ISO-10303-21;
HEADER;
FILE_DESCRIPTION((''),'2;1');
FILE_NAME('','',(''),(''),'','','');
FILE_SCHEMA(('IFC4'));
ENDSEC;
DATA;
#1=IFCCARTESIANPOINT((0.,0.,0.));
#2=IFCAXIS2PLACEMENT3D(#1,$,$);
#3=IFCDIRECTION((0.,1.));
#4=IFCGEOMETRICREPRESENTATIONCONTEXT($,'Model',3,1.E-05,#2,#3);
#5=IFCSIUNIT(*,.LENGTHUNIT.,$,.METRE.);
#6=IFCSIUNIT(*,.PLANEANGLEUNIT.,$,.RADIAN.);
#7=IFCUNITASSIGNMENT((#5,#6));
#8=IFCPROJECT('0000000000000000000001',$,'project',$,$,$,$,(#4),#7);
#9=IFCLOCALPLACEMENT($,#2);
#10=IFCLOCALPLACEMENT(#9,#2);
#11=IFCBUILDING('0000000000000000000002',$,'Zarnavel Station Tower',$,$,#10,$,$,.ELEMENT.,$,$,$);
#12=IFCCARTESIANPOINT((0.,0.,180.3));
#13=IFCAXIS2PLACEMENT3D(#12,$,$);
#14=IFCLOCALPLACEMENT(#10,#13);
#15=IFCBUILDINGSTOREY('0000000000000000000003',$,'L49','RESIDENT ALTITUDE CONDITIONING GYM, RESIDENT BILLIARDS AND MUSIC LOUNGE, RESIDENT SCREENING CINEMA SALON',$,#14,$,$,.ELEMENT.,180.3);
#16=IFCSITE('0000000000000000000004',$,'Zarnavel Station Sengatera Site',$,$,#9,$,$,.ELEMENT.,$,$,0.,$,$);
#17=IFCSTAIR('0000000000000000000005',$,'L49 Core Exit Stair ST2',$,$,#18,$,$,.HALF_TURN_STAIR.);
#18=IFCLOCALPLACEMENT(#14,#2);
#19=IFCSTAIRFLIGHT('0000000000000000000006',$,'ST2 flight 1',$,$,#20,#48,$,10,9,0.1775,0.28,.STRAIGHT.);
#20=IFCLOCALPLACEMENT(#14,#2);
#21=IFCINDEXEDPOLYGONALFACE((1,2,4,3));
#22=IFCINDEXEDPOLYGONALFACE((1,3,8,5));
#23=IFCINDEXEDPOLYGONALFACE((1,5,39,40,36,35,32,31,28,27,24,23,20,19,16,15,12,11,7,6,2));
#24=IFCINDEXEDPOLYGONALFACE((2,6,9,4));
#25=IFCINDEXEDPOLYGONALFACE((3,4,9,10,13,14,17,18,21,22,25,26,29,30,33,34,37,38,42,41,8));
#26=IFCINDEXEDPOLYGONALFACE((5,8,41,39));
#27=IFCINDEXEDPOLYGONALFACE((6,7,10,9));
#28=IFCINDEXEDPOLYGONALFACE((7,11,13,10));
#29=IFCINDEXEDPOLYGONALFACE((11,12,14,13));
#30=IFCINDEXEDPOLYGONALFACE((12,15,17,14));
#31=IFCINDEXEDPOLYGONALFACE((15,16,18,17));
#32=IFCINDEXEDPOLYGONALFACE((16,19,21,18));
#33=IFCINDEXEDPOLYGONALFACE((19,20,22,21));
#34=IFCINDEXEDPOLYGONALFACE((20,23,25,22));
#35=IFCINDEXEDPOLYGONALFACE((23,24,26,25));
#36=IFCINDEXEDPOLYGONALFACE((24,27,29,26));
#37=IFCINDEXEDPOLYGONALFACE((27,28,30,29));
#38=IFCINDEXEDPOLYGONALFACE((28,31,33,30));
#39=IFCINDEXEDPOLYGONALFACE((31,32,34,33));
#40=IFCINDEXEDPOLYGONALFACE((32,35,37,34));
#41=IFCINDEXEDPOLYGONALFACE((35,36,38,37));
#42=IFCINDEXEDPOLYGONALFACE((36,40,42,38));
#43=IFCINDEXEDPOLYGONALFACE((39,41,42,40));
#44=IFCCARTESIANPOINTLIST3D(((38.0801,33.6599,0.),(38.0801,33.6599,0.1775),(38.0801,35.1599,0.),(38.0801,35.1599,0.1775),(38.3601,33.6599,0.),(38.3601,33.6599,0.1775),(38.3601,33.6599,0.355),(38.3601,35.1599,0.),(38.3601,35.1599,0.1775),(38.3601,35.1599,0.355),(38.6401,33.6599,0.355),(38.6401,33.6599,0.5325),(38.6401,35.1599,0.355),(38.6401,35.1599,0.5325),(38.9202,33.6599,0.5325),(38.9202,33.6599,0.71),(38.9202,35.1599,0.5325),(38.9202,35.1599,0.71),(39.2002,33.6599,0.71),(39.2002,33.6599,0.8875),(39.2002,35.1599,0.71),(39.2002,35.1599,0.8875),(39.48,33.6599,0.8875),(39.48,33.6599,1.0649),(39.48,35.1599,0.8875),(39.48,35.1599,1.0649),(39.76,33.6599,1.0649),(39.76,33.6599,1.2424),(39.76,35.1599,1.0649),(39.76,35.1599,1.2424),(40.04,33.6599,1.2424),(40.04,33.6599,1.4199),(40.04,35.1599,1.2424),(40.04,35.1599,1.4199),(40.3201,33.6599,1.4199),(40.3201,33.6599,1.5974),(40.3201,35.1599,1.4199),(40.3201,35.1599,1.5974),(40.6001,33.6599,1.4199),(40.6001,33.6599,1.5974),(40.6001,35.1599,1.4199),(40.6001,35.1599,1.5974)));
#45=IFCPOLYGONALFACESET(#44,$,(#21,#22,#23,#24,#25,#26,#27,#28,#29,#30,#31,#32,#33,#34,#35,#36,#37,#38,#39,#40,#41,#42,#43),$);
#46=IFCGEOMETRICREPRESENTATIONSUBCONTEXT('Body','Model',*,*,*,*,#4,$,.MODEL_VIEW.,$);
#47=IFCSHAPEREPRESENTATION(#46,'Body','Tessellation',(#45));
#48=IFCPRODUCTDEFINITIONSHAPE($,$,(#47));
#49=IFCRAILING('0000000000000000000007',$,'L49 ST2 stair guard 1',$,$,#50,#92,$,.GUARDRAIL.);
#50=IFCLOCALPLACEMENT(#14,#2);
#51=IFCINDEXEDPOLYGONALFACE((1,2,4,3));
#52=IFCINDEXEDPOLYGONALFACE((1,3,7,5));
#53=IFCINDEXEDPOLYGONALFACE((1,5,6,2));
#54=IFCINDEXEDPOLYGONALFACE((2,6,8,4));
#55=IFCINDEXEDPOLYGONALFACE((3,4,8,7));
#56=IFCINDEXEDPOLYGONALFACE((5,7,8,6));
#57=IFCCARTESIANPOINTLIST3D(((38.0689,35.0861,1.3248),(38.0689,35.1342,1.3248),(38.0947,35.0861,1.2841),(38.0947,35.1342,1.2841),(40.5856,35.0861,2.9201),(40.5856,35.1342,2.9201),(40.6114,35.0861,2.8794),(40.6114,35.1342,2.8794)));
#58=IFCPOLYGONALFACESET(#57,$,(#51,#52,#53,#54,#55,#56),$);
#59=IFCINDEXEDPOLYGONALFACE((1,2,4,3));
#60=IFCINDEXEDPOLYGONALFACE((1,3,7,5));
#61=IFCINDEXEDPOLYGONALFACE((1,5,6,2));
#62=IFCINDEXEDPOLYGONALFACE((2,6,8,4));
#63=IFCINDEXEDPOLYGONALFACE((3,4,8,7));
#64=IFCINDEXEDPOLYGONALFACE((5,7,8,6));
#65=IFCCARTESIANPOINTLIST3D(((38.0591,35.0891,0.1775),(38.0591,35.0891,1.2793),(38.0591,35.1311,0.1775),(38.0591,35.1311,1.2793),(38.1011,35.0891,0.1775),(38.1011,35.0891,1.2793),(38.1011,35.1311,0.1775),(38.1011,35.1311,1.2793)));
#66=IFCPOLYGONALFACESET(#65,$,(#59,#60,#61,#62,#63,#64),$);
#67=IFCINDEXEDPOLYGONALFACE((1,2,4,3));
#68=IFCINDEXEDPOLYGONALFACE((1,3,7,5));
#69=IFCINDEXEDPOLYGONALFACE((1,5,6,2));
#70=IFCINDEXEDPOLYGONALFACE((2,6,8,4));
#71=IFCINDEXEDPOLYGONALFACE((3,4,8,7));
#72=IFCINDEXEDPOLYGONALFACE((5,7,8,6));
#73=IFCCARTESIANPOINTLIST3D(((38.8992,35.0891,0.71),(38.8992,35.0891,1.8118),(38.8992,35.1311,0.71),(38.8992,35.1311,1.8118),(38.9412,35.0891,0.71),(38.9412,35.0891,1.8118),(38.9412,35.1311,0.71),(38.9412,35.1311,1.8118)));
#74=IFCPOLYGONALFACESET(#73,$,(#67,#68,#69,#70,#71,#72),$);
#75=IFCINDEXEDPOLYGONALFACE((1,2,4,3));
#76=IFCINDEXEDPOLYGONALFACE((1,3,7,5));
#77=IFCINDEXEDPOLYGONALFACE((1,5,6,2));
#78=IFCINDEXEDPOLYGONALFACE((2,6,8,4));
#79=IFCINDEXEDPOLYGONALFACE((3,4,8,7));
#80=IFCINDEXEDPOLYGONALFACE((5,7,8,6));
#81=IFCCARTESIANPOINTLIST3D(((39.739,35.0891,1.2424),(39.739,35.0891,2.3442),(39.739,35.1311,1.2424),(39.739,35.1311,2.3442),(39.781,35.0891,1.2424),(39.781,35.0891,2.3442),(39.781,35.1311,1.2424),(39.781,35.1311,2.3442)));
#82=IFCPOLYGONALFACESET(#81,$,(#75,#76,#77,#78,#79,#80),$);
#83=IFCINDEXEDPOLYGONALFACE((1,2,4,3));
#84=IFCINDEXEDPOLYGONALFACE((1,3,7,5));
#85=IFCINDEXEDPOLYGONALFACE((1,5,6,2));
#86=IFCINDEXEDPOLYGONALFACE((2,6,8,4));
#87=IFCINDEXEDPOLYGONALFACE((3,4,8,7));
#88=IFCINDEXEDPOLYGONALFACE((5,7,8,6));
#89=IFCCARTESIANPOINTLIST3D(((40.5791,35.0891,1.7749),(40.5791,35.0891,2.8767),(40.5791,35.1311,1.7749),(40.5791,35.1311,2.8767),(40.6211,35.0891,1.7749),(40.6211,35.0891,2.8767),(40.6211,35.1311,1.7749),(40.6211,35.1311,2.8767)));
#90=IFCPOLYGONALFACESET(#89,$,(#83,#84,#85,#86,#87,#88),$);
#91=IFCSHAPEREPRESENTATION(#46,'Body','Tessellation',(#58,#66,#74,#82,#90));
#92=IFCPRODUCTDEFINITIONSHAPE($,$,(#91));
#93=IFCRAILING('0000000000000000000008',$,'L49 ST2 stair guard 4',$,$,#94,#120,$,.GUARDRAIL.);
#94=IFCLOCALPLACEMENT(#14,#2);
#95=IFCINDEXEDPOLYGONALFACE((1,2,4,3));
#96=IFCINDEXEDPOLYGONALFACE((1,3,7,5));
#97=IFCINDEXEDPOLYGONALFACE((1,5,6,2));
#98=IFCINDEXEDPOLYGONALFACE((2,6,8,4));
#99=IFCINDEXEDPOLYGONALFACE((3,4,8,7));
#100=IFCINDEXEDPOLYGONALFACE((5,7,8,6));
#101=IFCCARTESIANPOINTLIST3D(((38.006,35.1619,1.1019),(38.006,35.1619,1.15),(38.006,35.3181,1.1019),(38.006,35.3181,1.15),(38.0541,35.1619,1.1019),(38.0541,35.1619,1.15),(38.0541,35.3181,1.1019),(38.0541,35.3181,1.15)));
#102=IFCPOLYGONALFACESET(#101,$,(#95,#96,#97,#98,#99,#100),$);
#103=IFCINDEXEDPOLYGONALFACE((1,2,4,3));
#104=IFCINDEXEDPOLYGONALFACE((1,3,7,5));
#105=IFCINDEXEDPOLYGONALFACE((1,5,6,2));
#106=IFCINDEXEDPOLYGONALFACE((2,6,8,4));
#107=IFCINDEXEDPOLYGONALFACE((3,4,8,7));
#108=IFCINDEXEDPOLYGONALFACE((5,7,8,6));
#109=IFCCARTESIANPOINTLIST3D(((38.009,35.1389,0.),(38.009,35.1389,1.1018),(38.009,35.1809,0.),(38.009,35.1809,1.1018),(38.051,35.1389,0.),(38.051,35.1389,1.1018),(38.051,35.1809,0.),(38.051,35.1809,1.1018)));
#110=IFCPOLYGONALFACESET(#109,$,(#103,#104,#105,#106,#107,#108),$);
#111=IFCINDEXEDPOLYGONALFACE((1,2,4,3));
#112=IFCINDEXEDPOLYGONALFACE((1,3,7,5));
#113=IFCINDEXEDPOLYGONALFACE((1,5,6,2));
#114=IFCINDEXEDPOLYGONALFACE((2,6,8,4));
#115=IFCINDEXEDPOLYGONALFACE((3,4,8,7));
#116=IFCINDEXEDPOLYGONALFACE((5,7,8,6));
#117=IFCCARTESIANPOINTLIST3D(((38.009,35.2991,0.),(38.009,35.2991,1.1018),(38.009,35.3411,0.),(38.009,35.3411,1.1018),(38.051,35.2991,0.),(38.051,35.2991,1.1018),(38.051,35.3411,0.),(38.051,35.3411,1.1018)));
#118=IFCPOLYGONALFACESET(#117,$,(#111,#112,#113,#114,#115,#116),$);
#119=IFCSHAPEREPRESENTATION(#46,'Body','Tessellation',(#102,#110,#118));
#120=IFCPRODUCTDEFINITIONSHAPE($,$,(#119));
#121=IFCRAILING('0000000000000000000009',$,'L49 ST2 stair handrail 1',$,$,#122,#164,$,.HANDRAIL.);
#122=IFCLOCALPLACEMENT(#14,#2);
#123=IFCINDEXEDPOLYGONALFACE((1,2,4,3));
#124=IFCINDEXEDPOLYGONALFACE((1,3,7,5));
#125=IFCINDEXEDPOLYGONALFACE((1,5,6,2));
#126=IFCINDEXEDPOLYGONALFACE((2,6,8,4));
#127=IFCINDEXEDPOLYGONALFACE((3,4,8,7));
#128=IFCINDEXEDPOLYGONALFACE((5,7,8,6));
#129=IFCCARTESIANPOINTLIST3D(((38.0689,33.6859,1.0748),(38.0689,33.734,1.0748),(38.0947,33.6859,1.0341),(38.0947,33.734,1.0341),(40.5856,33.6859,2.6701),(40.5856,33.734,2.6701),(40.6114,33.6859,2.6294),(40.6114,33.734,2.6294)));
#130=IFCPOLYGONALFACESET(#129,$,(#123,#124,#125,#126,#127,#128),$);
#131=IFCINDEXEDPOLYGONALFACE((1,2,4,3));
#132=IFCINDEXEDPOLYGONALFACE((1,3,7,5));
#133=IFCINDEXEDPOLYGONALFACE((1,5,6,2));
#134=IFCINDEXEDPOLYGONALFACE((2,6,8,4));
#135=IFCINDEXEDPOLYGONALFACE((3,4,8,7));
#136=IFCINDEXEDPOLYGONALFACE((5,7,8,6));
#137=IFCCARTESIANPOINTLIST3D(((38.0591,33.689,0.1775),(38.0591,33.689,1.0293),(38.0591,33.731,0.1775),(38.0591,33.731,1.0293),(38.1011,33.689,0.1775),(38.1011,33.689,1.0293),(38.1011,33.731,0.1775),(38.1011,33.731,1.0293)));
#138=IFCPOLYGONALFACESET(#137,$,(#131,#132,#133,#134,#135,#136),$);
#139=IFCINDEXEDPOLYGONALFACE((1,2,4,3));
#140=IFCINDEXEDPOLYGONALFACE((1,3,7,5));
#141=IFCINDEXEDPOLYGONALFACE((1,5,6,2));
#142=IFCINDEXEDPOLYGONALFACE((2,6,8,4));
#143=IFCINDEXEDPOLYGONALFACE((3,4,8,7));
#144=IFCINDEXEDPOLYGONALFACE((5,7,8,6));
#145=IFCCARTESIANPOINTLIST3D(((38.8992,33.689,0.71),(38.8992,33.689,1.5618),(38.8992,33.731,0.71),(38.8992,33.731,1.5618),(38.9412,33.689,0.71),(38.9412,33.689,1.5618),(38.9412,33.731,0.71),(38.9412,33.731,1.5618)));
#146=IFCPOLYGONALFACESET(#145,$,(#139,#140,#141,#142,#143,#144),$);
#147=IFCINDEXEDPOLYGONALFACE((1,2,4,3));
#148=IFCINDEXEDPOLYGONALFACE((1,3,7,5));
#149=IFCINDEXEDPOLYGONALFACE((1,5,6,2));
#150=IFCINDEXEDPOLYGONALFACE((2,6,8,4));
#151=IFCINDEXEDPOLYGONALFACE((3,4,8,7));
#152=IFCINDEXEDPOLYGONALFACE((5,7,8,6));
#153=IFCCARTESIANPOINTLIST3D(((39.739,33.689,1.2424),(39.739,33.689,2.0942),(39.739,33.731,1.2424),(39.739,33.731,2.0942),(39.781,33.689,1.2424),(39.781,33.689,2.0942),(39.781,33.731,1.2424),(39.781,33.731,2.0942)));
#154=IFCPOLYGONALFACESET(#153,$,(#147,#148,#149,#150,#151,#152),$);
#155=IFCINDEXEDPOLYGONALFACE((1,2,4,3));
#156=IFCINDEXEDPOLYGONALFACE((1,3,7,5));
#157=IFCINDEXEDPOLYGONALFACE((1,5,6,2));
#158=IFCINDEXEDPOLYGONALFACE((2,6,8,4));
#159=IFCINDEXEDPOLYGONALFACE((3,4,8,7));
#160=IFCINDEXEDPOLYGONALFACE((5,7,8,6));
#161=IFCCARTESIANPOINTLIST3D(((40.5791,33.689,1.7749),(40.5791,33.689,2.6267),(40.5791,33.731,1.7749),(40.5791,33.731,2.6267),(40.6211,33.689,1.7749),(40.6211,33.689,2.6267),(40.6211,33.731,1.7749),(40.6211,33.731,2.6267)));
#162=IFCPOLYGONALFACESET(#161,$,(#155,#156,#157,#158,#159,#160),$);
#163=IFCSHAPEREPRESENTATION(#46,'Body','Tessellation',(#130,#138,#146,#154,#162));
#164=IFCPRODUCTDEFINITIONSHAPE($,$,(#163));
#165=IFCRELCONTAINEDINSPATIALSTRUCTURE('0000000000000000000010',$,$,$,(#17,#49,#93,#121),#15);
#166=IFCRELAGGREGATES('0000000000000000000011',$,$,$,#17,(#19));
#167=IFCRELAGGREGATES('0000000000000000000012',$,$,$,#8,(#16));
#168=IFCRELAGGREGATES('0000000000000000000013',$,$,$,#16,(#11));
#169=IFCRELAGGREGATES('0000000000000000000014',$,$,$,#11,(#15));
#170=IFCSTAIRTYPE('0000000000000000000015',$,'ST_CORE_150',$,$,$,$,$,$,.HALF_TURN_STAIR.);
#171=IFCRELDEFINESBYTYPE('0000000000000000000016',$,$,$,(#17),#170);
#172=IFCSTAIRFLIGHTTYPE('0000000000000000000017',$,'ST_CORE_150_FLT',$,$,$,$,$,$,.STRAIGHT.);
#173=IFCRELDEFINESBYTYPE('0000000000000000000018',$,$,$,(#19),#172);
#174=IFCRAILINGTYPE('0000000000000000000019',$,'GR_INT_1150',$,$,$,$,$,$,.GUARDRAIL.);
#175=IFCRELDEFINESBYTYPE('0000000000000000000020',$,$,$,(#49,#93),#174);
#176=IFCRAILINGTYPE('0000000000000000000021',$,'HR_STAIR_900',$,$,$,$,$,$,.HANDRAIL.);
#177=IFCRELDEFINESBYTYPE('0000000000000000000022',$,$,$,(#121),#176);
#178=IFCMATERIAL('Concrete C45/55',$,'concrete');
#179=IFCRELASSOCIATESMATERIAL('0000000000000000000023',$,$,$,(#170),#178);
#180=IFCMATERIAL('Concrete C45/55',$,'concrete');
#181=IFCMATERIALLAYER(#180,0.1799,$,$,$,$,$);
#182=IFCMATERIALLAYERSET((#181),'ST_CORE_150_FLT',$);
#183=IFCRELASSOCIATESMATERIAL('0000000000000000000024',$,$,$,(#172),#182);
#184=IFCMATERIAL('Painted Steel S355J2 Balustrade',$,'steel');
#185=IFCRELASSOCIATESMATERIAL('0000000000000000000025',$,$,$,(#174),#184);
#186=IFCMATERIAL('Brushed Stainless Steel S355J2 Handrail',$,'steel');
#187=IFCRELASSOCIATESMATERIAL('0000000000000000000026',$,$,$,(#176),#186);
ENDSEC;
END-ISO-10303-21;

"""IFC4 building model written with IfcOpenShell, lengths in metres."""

from ifc_helpers import new_model, si_unit, direction, frame, origin, origin_2d, place, context, subcontext, project, spatial, polyline, rectangle, outline, extrude, material, layer, layer_set, type_object, element, aggregate, save


model = new_model("IFC4")

# Units and contexts
model_context = context("Model", 3, precision=1e-05, world=origin(), true_north=direction((0.0, 1.0)))
body_context = subcontext(model_context, "Body", "Model", "MODEL_VIEW")
ifc_project = project(units=[si_unit("LENGTHUNIT", "METRE"), si_unit("PLANEANGLEUNIT", "RADIAN")], contexts=[model_context])

# Site, building, storey
site_placement = place(None, origin())
site = spatial("IfcSite", under=ifc_project, at=site_placement, Name="Zarnavel Station Sengatera Site", CompositionType="ELEMENT", RefElevation=0.0)
building_placement = place(site_placement, origin())
building = spatial("IfcBuilding", under=site, at=building_placement, Name="Zarnavel Station Tower", CompositionType="ELEMENT")
storey_placement = place(building_placement, frame((0.0, 0.0, 180.3)))
storey = spatial("IfcBuildingStorey", under=building, at=storey_placement, Name="L49", Description="RESIDENT ALTITUDE CONDITIONING GYM, RESIDENT BILLIARDS AND MUSIC LOUNGE, RESIDENT SCREENING CINEMA SALON", CompositionType="ELEMENT", Elevation=180.3)

# Stair, stair flight
ifc_material_1 = material(Name="Concrete C45/55", Category="concrete")
stair_type = type_object("IfcStairType", Name="ST_CORE_150", PredefinedType="HALF_TURN_STAIR", material=ifc_material_1)
stair_placement = place(storey_placement, origin())
stair = element("IfcStair", 1, at=stair_placement, inside=storey, type_object=stair_type, Name="L49 Core Exit Stair ST2", PredefinedType="HALF_TURN_STAIR")
ifc_material_2 = material(Name="Concrete C45/55", Category="concrete")
ifc_layer_1 = layer(ifc_material_2, 0.1799)
ifc_layer_set_1 = layer_set([ifc_layer_1], Name="ST_CORE_150_FLT")
stair_flight_type = type_object("IfcStairFlightType", Name="ST_CORE_150_FLT", PredefinedType="STRAIGHT", material=ifc_layer_set_1)
stair_flight_placement = place(storey_placement, frame((38.0801, 34.4099, 0.0), z_axis=(0.0, 0.0, 1.0), x_axis=(1.0, 0.0, 0.0)))
stair_flight = element("IfcStairFlight", 2, at=stair_flight_placement, type_object=stair_flight_type, Name="ST2 flight 1", NumberOfRisers=10, NumberOfTreads=9, PredefinedType="STRAIGHT", RiserHeight=0.1775, TreadLength=0.28, context=body_context, shape_type="SweptSolid", body=[
    extrude(outline(polyline([(0.0, 0.0), (0.0, 0.1775), (0.28, 0.1775), (0.28, 0.355), (0.5601, 0.355), (0.5601, 0.5325), (0.8401, 0.5325), (0.8401, 0.71), (1.1201, 0.71), (1.1201, 0.8875), (1.3999, 0.8875), (1.3999, 1.0649), (1.6799, 1.0649), (1.6799, 1.2424), (1.96, 1.2424), (1.96, 1.4199), (2.24, 1.4199), (2.24, 1.5974), (2.52, 1.5974), (2.52, 1.7749), (2.52, 1.4199), (0.28, 0.0), (0.0, 0.0)])), frame((0.0, 0.75, 0.0), z_axis=(0.0, -1.0, 0.0), x_axis=(1.0, 0.0, 0.0)), (0.0, 0.0, 1.0), 1.5),
])
aggregate(stair, [stair_flight])

# Railings
ifc_material_3 = material(Name="Painted Steel S355J2 Balustrade", Category="steel")
railing_type_1 = type_object("IfcRailingType", Name="GR_INT_1150", PredefinedType="GUARDRAIL", material=ifc_material_3)
railing_1_placement = place(storey_placement, frame((38.0801, 35.1101, 0.1775)))
element("IfcRailing", 3, at=railing_1_placement, inside=storey, type_object=railing_type_1, Name="L49 ST2 stair guard 1", PredefinedType="GUARDRAIL", context=body_context, shape_type="SweptSolid", body=[
    extrude(rectangle(XDim=0.0481, YDim=0.0481, at=origin_2d()), frame((0.0017, 0.0, 1.127), z_axis=(0.844607, 0.0, 0.535387), x_axis=(0.0, 1.0, 0.0)), (0.0, 0.0, 1.0), 2.9797),
    extrude(rectangle(XDim=0.042, YDim=0.042, at=origin_2d()), origin(), (0.0, 0.0, 1.0), 1.1018),
    extrude(rectangle(XDim=0.042, YDim=0.042, at=origin_2d()), frame((0.8401, 0.0, 0.5325)), (0.0, 0.0, 1.0), 1.1018),
    extrude(rectangle(XDim=0.042, YDim=0.042, at=origin_2d()), frame((1.6799, 0.0, 1.0649)), (0.0, 0.0, 1.0), 1.1018),
    extrude(rectangle(XDim=0.042, YDim=0.042, at=origin_2d()), frame((2.52, 0.0, 1.5974)), (0.0, 0.0, 1.0), 1.1018),
])
railing_2_placement = place(storey_placement, frame((38.03, 35.1599, 0.0)))
element("IfcRailing", 4, at=railing_2_placement, inside=storey, type_object=railing_type_1, Name="L49 ST2 stair guard 4", PredefinedType="GUARDRAIL", context=body_context, shape_type="SweptSolid", body=[
    extrude(rectangle(XDim=0.0481, YDim=0.0481, at=origin_2d()), frame((0.0, 0.002, 1.126), z_axis=(0.0, 1.0, 0.0), x_axis=(-1.0, 0.0, 0.0)), (0.0, 0.0, 1.0), 0.1562),
    extrude(rectangle(XDim=0.042, YDim=0.042, at=origin_2d()), origin(), (0.0, 0.0, 1.0), 1.1018),
    extrude(rectangle(XDim=0.042, YDim=0.042, at=origin_2d()), frame((0.0, 0.1602, 0.0)), (0.0, 0.0, 1.0), 1.1018),
])
ifc_material_4 = material(Name="Brushed Stainless Steel S355J2 Handrail", Category="steel")
railing_type_2 = type_object("IfcRailingType", Name="HR_STAIR_900", PredefinedType="HANDRAIL", material=ifc_material_4)
railing_3_placement = place(storey_placement, frame((38.0801, 33.71, 0.1775)))
element("IfcRailing", 5, at=railing_3_placement, inside=storey, type_object=railing_type_2, Name="L49 ST2 stair handrail 1", PredefinedType="HANDRAIL", context=body_context, shape_type="SweptSolid", body=[
    extrude(rectangle(XDim=0.0481, YDim=0.0481, at=origin_2d()), frame((0.0017, 0.0, 0.877), z_axis=(0.844607, 0.0, 0.535387), x_axis=(0.0, 1.0, 0.0)), (0.0, 0.0, 1.0), 2.9797),
    extrude(rectangle(XDim=0.042, YDim=0.042, at=origin_2d()), origin(), (0.0, 0.0, 1.0), 0.8518),
    extrude(rectangle(XDim=0.042, YDim=0.042, at=origin_2d()), frame((0.8401, 0.0, 0.5325)), (0.0, 0.0, 1.0), 0.8518),
    extrude(rectangle(XDim=0.042, YDim=0.042, at=origin_2d()), frame((1.6799, 0.0, 1.0649)), (0.0, 0.0, 1.0), 0.8518),
    extrude(rectangle(XDim=0.042, YDim=0.042, at=origin_2d()), frame((2.52, 0.0, 1.5974)), (0.0, 0.0, 1.0), 0.8518),
])

save(model, "model.ifc")
